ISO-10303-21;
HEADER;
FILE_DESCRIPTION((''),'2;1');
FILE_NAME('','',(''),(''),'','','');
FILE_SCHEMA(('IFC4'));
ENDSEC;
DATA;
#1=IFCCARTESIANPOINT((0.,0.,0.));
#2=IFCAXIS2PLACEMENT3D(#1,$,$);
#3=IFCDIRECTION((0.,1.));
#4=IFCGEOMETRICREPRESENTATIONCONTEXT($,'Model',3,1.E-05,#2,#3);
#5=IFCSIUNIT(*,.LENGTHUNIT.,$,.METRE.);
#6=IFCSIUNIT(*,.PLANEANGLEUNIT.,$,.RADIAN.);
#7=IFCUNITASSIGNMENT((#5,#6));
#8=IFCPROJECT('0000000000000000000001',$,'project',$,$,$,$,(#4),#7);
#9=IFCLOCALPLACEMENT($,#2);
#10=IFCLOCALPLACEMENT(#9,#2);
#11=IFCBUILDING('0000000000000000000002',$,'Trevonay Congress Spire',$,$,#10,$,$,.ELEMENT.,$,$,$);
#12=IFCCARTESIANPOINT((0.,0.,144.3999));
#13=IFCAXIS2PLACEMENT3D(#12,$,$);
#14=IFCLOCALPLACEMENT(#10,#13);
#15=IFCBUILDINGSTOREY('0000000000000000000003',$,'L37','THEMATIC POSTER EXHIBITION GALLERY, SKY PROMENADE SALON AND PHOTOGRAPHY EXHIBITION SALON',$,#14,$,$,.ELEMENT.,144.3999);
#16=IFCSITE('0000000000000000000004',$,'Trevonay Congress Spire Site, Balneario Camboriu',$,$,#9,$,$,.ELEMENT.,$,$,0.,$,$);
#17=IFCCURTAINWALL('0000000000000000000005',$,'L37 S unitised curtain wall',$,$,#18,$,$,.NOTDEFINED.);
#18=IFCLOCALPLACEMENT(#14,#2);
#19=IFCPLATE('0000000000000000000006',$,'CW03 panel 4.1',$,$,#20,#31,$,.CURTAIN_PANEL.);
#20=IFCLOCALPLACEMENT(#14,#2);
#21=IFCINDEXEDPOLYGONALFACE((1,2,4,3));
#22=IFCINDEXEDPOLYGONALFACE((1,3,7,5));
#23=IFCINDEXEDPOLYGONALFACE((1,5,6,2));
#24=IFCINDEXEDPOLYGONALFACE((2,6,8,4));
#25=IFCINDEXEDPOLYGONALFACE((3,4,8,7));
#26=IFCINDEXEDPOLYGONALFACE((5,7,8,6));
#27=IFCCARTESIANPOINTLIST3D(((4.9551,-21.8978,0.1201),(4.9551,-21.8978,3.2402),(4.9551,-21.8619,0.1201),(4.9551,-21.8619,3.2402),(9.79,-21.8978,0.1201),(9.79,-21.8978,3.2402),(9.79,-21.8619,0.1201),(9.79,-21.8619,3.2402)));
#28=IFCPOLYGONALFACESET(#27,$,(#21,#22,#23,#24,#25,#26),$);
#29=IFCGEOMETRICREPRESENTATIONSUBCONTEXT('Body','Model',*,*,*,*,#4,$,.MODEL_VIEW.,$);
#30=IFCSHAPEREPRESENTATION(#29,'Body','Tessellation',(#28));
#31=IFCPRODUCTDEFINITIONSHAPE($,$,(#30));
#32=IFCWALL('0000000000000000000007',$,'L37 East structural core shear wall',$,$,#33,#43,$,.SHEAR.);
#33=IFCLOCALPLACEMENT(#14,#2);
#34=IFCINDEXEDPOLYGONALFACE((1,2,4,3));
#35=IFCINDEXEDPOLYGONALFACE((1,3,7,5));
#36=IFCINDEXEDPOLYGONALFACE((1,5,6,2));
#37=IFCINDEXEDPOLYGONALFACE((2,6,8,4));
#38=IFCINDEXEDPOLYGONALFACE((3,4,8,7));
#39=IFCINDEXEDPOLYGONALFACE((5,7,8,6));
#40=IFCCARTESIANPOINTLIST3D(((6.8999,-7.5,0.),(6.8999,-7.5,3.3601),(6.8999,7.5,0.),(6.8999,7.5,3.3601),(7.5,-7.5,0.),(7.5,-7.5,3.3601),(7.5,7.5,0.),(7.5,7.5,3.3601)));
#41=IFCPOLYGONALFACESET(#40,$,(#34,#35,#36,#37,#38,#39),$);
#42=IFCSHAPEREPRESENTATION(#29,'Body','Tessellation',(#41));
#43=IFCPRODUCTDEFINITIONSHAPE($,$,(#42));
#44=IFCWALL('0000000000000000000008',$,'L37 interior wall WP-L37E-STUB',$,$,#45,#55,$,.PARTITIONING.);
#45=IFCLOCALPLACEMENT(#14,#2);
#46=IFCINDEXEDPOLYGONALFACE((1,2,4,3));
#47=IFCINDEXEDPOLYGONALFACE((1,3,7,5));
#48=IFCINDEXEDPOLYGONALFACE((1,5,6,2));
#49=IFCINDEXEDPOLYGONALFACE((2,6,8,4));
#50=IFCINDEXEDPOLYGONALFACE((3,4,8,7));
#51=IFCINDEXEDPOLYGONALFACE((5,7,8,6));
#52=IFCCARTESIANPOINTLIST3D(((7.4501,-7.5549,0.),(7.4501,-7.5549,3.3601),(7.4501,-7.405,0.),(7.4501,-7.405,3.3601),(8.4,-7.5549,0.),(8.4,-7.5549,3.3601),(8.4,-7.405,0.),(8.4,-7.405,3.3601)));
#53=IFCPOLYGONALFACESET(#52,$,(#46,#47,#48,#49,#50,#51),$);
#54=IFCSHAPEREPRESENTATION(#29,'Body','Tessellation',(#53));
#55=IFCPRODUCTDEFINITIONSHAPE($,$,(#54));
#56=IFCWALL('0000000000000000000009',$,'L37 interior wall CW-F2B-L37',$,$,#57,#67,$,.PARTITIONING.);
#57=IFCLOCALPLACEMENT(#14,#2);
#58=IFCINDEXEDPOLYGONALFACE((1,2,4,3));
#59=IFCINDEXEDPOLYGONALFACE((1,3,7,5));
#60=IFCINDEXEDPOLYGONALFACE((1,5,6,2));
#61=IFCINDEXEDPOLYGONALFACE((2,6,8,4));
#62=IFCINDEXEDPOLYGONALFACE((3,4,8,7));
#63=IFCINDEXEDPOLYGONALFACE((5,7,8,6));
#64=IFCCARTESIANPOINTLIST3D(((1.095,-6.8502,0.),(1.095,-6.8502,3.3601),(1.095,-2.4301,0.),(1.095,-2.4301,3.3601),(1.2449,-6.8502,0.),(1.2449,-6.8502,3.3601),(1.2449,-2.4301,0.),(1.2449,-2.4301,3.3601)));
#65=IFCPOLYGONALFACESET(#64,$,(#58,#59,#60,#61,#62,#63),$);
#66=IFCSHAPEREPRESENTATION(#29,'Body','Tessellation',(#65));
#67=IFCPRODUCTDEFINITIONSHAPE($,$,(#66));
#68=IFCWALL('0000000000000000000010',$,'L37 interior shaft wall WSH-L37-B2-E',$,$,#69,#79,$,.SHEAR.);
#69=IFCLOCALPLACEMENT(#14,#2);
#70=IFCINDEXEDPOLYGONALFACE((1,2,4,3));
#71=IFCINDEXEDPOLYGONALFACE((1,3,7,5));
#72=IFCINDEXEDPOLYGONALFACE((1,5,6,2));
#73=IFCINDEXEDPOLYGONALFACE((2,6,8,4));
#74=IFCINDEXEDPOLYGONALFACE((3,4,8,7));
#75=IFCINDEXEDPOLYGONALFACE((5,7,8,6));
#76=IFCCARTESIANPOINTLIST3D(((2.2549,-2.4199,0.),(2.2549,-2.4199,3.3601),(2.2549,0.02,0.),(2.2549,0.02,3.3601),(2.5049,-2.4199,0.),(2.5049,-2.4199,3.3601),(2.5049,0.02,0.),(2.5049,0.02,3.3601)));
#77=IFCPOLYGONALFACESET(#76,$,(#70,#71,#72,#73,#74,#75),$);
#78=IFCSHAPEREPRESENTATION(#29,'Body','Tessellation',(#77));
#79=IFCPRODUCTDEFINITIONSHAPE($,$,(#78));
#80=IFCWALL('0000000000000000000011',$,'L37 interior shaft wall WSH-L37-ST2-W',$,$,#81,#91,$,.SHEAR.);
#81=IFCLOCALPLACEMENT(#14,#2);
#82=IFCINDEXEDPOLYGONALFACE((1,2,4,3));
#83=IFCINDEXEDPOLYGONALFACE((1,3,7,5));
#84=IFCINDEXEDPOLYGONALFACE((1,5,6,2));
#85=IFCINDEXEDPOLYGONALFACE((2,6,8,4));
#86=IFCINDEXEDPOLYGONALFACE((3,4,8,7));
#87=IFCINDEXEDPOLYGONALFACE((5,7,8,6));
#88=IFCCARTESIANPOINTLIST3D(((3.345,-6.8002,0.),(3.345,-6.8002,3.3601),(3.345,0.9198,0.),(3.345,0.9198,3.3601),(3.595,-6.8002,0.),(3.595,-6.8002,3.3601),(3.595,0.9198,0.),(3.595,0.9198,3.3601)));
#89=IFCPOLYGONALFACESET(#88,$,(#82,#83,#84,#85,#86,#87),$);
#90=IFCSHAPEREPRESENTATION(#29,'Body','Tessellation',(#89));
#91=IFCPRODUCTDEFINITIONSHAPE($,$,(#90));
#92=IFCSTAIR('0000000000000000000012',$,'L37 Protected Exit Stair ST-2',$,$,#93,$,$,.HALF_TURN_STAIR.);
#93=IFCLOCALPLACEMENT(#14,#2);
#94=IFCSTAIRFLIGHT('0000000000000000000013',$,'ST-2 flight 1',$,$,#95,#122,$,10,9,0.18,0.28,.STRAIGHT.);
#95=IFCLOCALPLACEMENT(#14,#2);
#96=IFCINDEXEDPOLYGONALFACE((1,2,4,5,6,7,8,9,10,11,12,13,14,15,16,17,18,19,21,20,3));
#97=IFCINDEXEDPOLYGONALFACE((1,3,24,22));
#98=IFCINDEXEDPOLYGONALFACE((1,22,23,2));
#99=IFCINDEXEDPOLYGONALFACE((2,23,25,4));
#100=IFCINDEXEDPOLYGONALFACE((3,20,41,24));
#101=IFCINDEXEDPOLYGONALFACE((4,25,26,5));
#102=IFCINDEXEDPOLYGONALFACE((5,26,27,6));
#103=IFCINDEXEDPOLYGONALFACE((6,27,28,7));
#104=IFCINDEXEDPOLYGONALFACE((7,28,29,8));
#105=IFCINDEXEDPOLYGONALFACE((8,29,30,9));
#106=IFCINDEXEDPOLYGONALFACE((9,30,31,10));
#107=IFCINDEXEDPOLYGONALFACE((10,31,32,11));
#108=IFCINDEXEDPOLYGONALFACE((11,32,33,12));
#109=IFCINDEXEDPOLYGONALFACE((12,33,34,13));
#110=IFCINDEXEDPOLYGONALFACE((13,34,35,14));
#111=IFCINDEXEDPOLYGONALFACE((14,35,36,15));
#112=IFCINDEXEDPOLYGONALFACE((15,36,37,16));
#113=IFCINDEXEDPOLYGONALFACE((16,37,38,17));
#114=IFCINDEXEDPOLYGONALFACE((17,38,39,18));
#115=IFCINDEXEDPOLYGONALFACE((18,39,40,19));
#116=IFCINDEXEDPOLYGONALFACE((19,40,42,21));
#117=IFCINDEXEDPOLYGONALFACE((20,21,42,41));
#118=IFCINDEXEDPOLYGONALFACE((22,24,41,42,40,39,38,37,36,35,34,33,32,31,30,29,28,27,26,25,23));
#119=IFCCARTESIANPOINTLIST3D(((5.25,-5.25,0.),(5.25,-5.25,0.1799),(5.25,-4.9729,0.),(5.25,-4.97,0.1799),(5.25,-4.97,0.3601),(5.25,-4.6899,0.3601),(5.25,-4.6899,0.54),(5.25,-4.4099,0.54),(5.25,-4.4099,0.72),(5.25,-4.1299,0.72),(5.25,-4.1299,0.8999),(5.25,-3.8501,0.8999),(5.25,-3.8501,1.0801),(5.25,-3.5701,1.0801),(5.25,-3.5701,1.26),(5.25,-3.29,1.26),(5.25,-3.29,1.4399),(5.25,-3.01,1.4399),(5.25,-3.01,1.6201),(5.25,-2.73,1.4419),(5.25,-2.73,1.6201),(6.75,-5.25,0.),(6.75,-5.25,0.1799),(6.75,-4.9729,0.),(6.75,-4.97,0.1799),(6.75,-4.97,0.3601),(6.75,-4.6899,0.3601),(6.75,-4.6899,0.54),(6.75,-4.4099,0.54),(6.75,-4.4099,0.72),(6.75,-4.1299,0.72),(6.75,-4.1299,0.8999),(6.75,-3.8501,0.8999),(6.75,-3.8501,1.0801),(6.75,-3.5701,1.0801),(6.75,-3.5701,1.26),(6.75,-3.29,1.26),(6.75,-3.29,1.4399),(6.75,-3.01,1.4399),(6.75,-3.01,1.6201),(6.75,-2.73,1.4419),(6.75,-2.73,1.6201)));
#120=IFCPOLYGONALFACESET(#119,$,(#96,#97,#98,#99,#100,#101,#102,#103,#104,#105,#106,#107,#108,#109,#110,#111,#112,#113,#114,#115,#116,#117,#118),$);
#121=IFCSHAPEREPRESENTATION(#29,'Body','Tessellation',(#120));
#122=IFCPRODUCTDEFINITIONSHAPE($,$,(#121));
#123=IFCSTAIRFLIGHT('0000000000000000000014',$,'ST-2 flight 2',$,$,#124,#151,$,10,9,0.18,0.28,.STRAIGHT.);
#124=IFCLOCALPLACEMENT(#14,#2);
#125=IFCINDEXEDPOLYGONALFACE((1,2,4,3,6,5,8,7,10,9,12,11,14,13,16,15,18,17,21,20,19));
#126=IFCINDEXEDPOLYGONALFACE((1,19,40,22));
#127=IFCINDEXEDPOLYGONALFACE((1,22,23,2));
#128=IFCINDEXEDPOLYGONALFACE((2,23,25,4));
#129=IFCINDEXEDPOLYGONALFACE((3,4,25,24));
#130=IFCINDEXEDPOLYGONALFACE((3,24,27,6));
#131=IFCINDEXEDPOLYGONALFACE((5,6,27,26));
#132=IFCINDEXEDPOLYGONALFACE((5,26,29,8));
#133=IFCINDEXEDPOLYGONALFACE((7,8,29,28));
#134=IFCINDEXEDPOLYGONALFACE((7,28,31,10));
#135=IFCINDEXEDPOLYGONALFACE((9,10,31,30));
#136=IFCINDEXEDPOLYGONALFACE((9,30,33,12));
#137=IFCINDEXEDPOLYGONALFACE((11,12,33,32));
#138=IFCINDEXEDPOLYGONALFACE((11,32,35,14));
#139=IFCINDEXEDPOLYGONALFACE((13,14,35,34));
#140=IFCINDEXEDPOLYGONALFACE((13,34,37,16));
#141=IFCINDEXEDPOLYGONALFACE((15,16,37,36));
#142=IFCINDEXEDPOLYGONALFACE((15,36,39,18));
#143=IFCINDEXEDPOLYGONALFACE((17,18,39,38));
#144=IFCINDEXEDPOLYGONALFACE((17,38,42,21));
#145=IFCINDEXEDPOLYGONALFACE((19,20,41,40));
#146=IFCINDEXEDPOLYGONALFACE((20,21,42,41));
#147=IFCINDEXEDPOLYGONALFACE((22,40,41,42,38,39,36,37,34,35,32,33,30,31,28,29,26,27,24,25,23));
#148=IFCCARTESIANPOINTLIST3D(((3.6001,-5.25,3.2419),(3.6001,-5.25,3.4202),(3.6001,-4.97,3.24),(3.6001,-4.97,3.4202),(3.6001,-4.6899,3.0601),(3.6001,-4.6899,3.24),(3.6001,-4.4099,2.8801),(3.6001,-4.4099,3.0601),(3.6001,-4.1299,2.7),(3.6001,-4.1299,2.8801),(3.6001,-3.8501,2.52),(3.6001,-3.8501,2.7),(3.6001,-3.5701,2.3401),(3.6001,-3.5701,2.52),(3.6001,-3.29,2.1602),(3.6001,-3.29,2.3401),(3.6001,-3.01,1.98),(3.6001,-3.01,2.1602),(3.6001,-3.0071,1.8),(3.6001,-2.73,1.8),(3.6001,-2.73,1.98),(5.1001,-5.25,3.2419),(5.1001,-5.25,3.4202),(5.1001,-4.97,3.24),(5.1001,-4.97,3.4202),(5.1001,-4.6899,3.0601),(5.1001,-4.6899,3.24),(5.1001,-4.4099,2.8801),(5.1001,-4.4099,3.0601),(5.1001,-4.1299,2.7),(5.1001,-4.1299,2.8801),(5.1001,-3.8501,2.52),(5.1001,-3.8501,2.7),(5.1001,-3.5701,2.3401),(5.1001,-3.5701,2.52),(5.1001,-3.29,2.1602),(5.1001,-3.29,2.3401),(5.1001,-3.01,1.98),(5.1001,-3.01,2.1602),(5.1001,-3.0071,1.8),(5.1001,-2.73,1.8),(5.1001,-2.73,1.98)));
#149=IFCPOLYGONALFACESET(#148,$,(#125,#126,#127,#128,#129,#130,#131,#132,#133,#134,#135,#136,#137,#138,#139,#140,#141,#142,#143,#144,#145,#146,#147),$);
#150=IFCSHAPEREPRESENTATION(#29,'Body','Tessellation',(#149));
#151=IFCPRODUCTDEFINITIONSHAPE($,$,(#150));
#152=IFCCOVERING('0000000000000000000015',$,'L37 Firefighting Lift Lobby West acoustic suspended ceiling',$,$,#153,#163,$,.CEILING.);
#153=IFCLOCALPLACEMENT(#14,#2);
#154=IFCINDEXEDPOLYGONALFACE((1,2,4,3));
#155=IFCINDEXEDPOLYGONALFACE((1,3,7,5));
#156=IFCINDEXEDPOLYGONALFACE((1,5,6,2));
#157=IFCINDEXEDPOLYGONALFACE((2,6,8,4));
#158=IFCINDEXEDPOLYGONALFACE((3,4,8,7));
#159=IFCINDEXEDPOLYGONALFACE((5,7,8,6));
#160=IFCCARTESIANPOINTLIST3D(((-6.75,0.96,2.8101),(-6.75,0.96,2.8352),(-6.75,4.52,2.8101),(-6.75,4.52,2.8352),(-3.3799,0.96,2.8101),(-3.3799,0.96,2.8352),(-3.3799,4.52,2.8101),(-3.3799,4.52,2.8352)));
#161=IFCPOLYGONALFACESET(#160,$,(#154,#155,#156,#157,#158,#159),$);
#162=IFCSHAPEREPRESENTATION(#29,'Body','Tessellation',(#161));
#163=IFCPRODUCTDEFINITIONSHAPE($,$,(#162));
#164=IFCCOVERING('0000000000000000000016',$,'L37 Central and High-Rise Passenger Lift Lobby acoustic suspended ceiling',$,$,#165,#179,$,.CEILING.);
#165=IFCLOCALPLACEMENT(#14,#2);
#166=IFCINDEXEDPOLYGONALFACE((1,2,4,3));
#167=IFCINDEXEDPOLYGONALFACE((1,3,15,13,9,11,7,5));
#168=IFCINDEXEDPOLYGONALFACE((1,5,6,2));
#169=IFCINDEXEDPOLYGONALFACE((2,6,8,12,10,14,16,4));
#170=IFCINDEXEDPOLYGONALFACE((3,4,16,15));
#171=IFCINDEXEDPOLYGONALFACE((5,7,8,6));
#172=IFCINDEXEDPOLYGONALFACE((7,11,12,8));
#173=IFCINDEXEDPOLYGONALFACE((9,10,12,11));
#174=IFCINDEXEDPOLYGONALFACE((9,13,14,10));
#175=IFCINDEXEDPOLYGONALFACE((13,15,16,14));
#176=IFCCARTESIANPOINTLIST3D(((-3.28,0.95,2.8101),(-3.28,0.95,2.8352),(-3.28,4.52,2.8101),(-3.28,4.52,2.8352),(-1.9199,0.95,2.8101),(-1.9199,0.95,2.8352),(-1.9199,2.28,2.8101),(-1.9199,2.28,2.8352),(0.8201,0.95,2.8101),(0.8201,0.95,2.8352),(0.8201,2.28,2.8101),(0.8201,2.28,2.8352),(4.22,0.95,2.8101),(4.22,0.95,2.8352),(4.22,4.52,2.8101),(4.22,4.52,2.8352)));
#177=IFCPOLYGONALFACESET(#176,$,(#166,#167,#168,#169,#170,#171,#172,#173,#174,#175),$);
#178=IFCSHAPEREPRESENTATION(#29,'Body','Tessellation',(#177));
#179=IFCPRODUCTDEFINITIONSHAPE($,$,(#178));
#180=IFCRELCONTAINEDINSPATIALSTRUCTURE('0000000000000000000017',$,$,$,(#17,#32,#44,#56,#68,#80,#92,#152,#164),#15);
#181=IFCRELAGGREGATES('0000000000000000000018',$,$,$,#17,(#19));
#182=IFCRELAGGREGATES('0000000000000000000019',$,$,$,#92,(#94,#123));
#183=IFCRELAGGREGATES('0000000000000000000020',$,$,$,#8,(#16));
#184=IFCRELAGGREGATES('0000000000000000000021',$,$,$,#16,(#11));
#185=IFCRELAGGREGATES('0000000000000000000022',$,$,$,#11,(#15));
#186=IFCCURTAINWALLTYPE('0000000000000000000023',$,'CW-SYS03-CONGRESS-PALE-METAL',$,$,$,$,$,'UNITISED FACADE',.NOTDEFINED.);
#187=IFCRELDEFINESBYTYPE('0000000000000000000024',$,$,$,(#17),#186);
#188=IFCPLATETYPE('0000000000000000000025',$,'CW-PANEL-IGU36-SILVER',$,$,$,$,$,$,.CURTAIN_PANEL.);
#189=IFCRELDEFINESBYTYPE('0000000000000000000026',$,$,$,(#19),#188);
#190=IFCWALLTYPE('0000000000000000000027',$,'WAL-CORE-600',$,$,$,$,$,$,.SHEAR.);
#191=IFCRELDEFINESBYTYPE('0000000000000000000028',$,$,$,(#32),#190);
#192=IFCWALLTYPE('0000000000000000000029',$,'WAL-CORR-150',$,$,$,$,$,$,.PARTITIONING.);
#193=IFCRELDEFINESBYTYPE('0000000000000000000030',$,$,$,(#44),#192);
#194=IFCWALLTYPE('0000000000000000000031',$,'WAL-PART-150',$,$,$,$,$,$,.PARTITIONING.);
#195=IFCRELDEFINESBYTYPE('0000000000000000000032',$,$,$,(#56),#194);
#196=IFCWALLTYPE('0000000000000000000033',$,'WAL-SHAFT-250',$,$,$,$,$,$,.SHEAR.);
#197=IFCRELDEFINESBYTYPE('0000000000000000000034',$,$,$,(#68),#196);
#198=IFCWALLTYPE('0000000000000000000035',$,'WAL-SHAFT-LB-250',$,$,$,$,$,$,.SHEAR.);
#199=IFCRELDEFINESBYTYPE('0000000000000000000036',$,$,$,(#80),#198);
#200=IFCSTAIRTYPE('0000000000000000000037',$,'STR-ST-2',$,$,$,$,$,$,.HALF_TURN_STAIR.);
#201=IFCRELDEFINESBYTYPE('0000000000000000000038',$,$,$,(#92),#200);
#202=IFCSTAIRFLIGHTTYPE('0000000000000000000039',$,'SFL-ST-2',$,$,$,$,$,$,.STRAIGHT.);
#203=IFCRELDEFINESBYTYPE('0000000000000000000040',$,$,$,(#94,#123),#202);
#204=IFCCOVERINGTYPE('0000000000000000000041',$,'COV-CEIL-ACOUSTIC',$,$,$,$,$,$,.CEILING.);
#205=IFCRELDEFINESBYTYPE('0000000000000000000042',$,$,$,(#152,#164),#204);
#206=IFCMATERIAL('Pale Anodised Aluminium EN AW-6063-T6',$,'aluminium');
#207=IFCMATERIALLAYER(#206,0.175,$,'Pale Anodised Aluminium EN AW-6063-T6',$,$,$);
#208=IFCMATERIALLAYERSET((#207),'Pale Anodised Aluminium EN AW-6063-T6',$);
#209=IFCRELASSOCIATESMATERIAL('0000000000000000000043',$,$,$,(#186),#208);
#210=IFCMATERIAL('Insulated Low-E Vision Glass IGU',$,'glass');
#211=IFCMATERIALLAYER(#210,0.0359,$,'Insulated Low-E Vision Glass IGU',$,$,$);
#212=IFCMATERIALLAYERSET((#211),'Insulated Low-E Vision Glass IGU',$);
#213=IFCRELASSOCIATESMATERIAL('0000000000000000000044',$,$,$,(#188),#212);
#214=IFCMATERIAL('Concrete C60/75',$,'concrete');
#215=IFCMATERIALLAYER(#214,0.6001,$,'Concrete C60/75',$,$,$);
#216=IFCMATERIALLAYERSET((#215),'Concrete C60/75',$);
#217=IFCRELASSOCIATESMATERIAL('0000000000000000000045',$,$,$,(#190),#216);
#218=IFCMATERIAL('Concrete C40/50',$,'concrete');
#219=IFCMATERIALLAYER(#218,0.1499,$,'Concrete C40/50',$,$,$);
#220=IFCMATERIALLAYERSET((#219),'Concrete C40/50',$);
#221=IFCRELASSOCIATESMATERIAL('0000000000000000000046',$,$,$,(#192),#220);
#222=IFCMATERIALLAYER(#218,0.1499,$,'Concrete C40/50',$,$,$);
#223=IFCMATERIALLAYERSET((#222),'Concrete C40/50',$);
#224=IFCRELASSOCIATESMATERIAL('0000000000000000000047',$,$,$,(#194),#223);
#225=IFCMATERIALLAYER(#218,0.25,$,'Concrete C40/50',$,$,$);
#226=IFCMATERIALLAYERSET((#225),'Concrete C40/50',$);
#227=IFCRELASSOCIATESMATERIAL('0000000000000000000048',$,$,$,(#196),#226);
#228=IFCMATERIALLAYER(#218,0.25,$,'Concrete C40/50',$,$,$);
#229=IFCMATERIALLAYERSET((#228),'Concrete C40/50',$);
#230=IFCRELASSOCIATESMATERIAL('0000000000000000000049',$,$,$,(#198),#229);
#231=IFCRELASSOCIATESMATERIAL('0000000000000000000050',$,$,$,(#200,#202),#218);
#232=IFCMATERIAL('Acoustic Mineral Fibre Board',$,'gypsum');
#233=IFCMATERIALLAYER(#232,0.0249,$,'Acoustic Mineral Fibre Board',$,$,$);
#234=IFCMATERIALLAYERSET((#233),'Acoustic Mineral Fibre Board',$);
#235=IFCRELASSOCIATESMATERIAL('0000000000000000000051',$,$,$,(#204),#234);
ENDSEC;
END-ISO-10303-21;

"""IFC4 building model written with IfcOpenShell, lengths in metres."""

from ifc_helpers import new_model, si_unit, direction, frame, frame_2d, origin, origin_2d, place, context, subcontext, project, spatial, polyline, rectangle, outline, extrude, material, layer, layer_set, type_object, element, aggregate, save


model = new_model("IFC4")

# Units and contexts
model_context = context("Model", 3, precision=1e-05, world=origin(), true_north=direction((0.0, 1.0)))
body_context = subcontext(model_context, "Body", "Model", "MODEL_VIEW")
ifc_project = project(units=[si_unit("LENGTHUNIT", "METRE"), si_unit("PLANEANGLEUNIT", "RADIAN")], contexts=[model_context])

# Site, building, storey
site_placement = place(None, origin())
site = spatial("IfcSite", under=ifc_project, at=site_placement, Name="Trevonay Congress Spire Site, Balneario Camboriu", CompositionType="ELEMENT", RefElevation=0.0)
building_placement = place(site_placement, origin())
building = spatial("IfcBuilding", under=site, at=building_placement, Name="Trevonay Congress Spire", CompositionType="ELEMENT")
storey_placement = place(building_placement, frame((0.0, 0.0, 144.3999)))
storey = spatial("IfcBuildingStorey", under=building, at=storey_placement, Name="L37", Description="THEMATIC POSTER EXHIBITION GALLERY, SKY PROMENADE SALON AND PHOTOGRAPHY EXHIBITION SALON", CompositionType="ELEMENT", Elevation=144.3999)

# Curtain wall
ifc_material_1 = material(Name="Pale Anodised Aluminium EN AW-6063-T6", Category="aluminium")
ifc_layer_1 = layer(ifc_material_1, 0.175, Name="Pale Anodised Aluminium EN AW-6063-T6")
ifc_layer_set_1 = layer_set([ifc_layer_1], Name="Pale Anodised Aluminium EN AW-6063-T6")
curtain_wall_type = type_object("IfcCurtainWallType", Name="CW-SYS03-CONGRESS-PALE-METAL", ElementType="UNITISED FACADE", PredefinedType="NOTDEFINED", material=ifc_layer_set_1)
curtain_wall_placement = place(storey_placement, origin())
curtain_wall = element("IfcCurtainWall", 1, at=curtain_wall_placement, inside=storey, type_object=curtain_wall_type, Name="L37 S unitised curtain wall", PredefinedType="NOTDEFINED")

# Plate
ifc_material_2 = material(Name="Insulated Low-E Vision Glass IGU", Category="glass")
ifc_layer_2 = layer(ifc_material_2, 0.0359, Name="Insulated Low-E Vision Glass IGU")
ifc_layer_set_2 = layer_set([ifc_layer_2], Name="Insulated Low-E Vision Glass IGU")
plate_type = type_object("IfcPlateType", Name="CW-PANEL-IGU36-SILVER", PredefinedType="CURTAIN_PANEL", material=ifc_layer_set_2)
plate_1_placement = place(storey_placement, frame((7.3726, -21.8799, 0.1201), z_axis=(0.0, 0.0, 1.0), x_axis=(1.0, 0.0, 0.0)))
plate_1 = element("IfcPlate", 2, at=plate_1_placement, type_object=plate_type, Name="CW03 panel 4.1", PredefinedType="CURTAIN_PANEL", context=body_context, shape_type="SweptSolid", body=[
    extrude(rectangle(XDim=4.835, YDim=0.0359, at=origin_2d()), origin(), (0.0, 0.0, 1.0), 3.1201),
])
aggregate(curtain_wall, [plate_1])

# Walls
ifc_material_3 = material(Name="Concrete C60/75", Category="concrete")
ifc_layer_3 = layer(ifc_material_3, 0.6001, Name="Concrete C60/75")
ifc_layer_set_3 = layer_set([ifc_layer_3], Name="Concrete C60/75")
wall_type_1 = type_object("IfcWallType", Name="WAL-CORE-600", PredefinedType="SHEAR", material=ifc_layer_set_3)
wall_1_placement = place(storey_placement, frame((7.2, -7.5, 0.0), z_axis=(0.0, 0.0, 1.0), x_axis=(0.0, 1.0, 0.0)))
element("IfcWall", 3, at=wall_1_placement, inside=storey, type_object=wall_type_1, Name="L37 East structural core shear wall", PredefinedType="SHEAR", context=body_context, shape_type="SweptSolid", body=[
    extrude(rectangle(XDim=15.0, YDim=0.6001, at=frame_2d((7.5, 0.0))), origin(), (0.0, 0.0, 1.0), 3.3601),
])
ifc_material_4 = material(Name="Concrete C40/50", Category="concrete")
ifc_layer_4 = layer(ifc_material_4, 0.1499, Name="Concrete C40/50")
ifc_layer_set_4 = layer_set([ifc_layer_4], Name="Concrete C40/50")
wall_type_2 = type_object("IfcWallType", Name="WAL-CORR-150", PredefinedType="PARTITIONING", material=ifc_layer_set_4)
wall_2_placement = place(storey_placement, frame((7.45, -7.48, 0.0), z_axis=(0.0, 0.0, 1.0), x_axis=(1.0, 0.0, 0.0)))
element("IfcWall", 4, at=wall_2_placement, inside=storey, type_object=wall_type_2, Name="L37 interior wall WP-L37E-STUB", PredefinedType="PARTITIONING", context=body_context, shape_type="SweptSolid", body=[
    extrude(rectangle(XDim=0.95, YDim=0.1499, at=frame_2d((0.4751, 0.0))), origin(), (0.0, 0.0, 1.0), 3.3601),
])
ifc_layer_5 = layer(ifc_material_4, 0.1499, Name="Concrete C40/50")
ifc_layer_set_5 = layer_set([ifc_layer_5], Name="Concrete C40/50")
wall_type_3 = type_object("IfcWallType", Name="WAL-PART-150", PredefinedType="PARTITIONING", material=ifc_layer_set_5)
wall_3_placement = place(storey_placement, frame((1.1699, -6.8501, 0.0), z_axis=(0.0, 0.0, 1.0), x_axis=(0.0, 1.0, 0.0)))
element("IfcWall", 5, at=wall_3_placement, inside=storey, type_object=wall_type_3, Name="L37 interior wall CW-F2B-L37", PredefinedType="PARTITIONING", context=body_context, shape_type="SweptSolid", body=[
    extrude(rectangle(XDim=4.4202, YDim=0.1499, at=frame_2d((2.21, 0.0))), origin(), (0.0, 0.0, 1.0), 3.3601),
])
ifc_layer_6 = layer(ifc_material_4, 0.25, Name="Concrete C40/50")
ifc_layer_set_6 = layer_set([ifc_layer_6], Name="Concrete C40/50")
wall_type_4 = type_object("IfcWallType", Name="WAL-SHAFT-250", PredefinedType="SHEAR", material=ifc_layer_set_6)
wall_4_placement = place(storey_placement, frame((2.3799, -2.4199, 0.0), z_axis=(0.0, 0.0, 1.0), x_axis=(0.0, 1.0, 0.0)))
element("IfcWall", 6, at=wall_4_placement, inside=storey, type_object=wall_type_4, Name="L37 interior shaft wall WSH-L37-B2-E", PredefinedType="SHEAR", context=body_context, shape_type="SweptSolid", body=[
    extrude(rectangle(XDim=2.4399, YDim=0.25, at=frame_2d((1.22, 0.0))), origin(), (0.0, 0.0, 1.0), 3.3601),
])
ifc_layer_7 = layer(ifc_material_4, 0.25, Name="Concrete C40/50")
ifc_layer_set_7 = layer_set([ifc_layer_7], Name="Concrete C40/50")
wall_type_5 = type_object("IfcWallType", Name="WAL-SHAFT-LB-250", PredefinedType="SHEAR", material=ifc_layer_set_7)
wall_5_placement = place(storey_placement, frame((3.47, -6.8, 0.0), z_axis=(0.0, 0.0, 1.0), x_axis=(0.0, 1.0, 0.0)))
element("IfcWall", 7, at=wall_5_placement, inside=storey, type_object=wall_type_5, Name="L37 interior shaft wall WSH-L37-ST2-W", PredefinedType="SHEAR", context=body_context, shape_type="SweptSolid", body=[
    extrude(rectangle(XDim=7.72, YDim=0.25, at=frame_2d((3.8599, 0.0))), origin(), (0.0, 0.0, 1.0), 3.3601),
])

# Stair, stair flights
stair_type = type_object("IfcStairType", Name="STR-ST-2", PredefinedType="HALF_TURN_STAIR", material=ifc_material_4)
stair_placement = place(storey_placement, origin())
stair = element("IfcStair", 8, at=stair_placement, inside=storey, type_object=stair_type, Name="L37 Protected Exit Stair ST-2", PredefinedType="HALF_TURN_STAIR")
stair_flight_type = type_object("IfcStairFlightType", Name="SFL-ST-2", PredefinedType="STRAIGHT", material=ifc_material_4)
stair_flight_1_placement = place(storey_placement, frame((6.0, -5.25, 0.0), z_axis=(0.0, 0.0, 1.0), x_axis=(0.0, 1.0, 0.0)))
stair_flight_1 = element("IfcStairFlight", 9, at=stair_flight_1_placement, type_object=stair_flight_type, Name="ST-2 flight 1", NumberOfRisers=10, NumberOfTreads=9, PredefinedType="STRAIGHT", RiserHeight=0.18, TreadLength=0.28, context=body_context, shape_type="SweptSolid", body=[
    extrude(outline(polyline([(0.0, 0.0), (0.0, 0.1799), (0.28, 0.1799), (0.28, 0.3601), (0.5601, 0.3601), (0.5601, 0.54), (0.8401, 0.54), (0.8401, 0.72), (1.1201, 0.72), (1.1201, 0.8999), (1.3999, 0.8999), (1.3999, 1.0801), (1.6799, 1.0801), (1.6799, 1.26), (1.96, 1.26), (1.96, 1.4399), (2.24, 1.4399), (2.24, 1.6201), (2.52, 1.6201), (2.52, 1.8), (2.52, 1.4419), (0.2771, 0.0), (0.0, 0.0)])), frame((0.0, 0.75, 0.0), z_axis=(0.0, -1.0, 0.0), x_axis=(1.0, 0.0, 0.0)), (0.0, 0.0, 1.0), 1.5),
])
stair_flight_2_placement = place(storey_placement, frame((4.3501, -2.73, 1.8), z_axis=(0.0, 0.0, 1.0), x_axis=(0.0, -1.0, 0.0)))
stair_flight_2 = element("IfcStairFlight", 10, at=stair_flight_2_placement, type_object=stair_flight_type, Name="ST-2 flight 2", NumberOfRisers=10, NumberOfTreads=9, PredefinedType="STRAIGHT", RiserHeight=0.18, TreadLength=0.28, context=body_context, shape_type="SweptSolid", body=[
    extrude(outline(polyline([(0.0, 0.0), (0.0, 0.1799), (0.28, 0.1799), (0.28, 0.3601), (0.5601, 0.3601), (0.5601, 0.54), (0.8401, 0.54), (0.8401, 0.72), (1.1201, 0.72), (1.1201, 0.8999), (1.3999, 0.8999), (1.3999, 1.0801), (1.6799, 1.0801), (1.6799, 1.26), (1.96, 1.26), (1.96, 1.4399), (2.24, 1.4399), (2.24, 1.6201), (2.52, 1.6201), (2.52, 1.8), (2.52, 1.4419), (0.2771, 0.0), (0.0, 0.0)])), frame((0.0, 0.75, 0.0), z_axis=(0.0, -1.0, 0.0), x_axis=(1.0, 0.0, 0.0)), (0.0, 0.0, 1.0), 1.5),
])
aggregate(stair, [stair_flight_1, stair_flight_2])

# Coverings
ifc_material_5 = material(Name="Acoustic Mineral Fibre Board", Category="gypsum")
ifc_layer_8 = layer(ifc_material_5, 0.0249, Name="Acoustic Mineral Fibre Board")
ifc_layer_set_8 = layer_set([ifc_layer_8], Name="Acoustic Mineral Fibre Board")
covering_type_1 = type_object("IfcCoveringType", Name="COV-CEIL-ACOUSTIC", PredefinedType="CEILING", material=ifc_layer_set_8)
covering_1_placement = place(storey_placement, frame((0.0, 0.0, 2.8101)))
element("IfcCovering", 11, at=covering_1_placement, inside=storey, type_object=covering_type_1, Name="L37 Firefighting Lift Lobby West acoustic suspended ceiling", PredefinedType="CEILING", context=body_context, shape_type="SweptSolid", body=[
    extrude(outline(polyline([(-6.75, 0.96), (-3.3799, 0.96), (-3.3799, 4.52), (-6.75, 4.52), (-6.75, 0.96)])), origin(), (0.0, 0.0, 1.0), 0.0251),
])
covering_2_placement = place(storey_placement, frame((0.0, 0.0, 2.8101)))
element("IfcCovering", 12, at=covering_2_placement, inside=storey, type_object=covering_type_1, Name="L37 Central and High-Rise Passenger Lift Lobby acoustic suspended ceiling", PredefinedType="CEILING", context=body_context, shape_type="SweptSolid", body=[
    extrude(outline(polyline([(-3.28, 0.95), (-1.9199, 0.95), (-1.9199, 2.28), (0.8201, 2.28), (0.8201, 0.95), (4.22, 0.95), (4.22, 4.52), (-3.28, 4.52), (-3.28, 0.95)])), origin(), (0.0, 0.0, 1.0), 0.0251),
])

save(model, "model.ifc")
